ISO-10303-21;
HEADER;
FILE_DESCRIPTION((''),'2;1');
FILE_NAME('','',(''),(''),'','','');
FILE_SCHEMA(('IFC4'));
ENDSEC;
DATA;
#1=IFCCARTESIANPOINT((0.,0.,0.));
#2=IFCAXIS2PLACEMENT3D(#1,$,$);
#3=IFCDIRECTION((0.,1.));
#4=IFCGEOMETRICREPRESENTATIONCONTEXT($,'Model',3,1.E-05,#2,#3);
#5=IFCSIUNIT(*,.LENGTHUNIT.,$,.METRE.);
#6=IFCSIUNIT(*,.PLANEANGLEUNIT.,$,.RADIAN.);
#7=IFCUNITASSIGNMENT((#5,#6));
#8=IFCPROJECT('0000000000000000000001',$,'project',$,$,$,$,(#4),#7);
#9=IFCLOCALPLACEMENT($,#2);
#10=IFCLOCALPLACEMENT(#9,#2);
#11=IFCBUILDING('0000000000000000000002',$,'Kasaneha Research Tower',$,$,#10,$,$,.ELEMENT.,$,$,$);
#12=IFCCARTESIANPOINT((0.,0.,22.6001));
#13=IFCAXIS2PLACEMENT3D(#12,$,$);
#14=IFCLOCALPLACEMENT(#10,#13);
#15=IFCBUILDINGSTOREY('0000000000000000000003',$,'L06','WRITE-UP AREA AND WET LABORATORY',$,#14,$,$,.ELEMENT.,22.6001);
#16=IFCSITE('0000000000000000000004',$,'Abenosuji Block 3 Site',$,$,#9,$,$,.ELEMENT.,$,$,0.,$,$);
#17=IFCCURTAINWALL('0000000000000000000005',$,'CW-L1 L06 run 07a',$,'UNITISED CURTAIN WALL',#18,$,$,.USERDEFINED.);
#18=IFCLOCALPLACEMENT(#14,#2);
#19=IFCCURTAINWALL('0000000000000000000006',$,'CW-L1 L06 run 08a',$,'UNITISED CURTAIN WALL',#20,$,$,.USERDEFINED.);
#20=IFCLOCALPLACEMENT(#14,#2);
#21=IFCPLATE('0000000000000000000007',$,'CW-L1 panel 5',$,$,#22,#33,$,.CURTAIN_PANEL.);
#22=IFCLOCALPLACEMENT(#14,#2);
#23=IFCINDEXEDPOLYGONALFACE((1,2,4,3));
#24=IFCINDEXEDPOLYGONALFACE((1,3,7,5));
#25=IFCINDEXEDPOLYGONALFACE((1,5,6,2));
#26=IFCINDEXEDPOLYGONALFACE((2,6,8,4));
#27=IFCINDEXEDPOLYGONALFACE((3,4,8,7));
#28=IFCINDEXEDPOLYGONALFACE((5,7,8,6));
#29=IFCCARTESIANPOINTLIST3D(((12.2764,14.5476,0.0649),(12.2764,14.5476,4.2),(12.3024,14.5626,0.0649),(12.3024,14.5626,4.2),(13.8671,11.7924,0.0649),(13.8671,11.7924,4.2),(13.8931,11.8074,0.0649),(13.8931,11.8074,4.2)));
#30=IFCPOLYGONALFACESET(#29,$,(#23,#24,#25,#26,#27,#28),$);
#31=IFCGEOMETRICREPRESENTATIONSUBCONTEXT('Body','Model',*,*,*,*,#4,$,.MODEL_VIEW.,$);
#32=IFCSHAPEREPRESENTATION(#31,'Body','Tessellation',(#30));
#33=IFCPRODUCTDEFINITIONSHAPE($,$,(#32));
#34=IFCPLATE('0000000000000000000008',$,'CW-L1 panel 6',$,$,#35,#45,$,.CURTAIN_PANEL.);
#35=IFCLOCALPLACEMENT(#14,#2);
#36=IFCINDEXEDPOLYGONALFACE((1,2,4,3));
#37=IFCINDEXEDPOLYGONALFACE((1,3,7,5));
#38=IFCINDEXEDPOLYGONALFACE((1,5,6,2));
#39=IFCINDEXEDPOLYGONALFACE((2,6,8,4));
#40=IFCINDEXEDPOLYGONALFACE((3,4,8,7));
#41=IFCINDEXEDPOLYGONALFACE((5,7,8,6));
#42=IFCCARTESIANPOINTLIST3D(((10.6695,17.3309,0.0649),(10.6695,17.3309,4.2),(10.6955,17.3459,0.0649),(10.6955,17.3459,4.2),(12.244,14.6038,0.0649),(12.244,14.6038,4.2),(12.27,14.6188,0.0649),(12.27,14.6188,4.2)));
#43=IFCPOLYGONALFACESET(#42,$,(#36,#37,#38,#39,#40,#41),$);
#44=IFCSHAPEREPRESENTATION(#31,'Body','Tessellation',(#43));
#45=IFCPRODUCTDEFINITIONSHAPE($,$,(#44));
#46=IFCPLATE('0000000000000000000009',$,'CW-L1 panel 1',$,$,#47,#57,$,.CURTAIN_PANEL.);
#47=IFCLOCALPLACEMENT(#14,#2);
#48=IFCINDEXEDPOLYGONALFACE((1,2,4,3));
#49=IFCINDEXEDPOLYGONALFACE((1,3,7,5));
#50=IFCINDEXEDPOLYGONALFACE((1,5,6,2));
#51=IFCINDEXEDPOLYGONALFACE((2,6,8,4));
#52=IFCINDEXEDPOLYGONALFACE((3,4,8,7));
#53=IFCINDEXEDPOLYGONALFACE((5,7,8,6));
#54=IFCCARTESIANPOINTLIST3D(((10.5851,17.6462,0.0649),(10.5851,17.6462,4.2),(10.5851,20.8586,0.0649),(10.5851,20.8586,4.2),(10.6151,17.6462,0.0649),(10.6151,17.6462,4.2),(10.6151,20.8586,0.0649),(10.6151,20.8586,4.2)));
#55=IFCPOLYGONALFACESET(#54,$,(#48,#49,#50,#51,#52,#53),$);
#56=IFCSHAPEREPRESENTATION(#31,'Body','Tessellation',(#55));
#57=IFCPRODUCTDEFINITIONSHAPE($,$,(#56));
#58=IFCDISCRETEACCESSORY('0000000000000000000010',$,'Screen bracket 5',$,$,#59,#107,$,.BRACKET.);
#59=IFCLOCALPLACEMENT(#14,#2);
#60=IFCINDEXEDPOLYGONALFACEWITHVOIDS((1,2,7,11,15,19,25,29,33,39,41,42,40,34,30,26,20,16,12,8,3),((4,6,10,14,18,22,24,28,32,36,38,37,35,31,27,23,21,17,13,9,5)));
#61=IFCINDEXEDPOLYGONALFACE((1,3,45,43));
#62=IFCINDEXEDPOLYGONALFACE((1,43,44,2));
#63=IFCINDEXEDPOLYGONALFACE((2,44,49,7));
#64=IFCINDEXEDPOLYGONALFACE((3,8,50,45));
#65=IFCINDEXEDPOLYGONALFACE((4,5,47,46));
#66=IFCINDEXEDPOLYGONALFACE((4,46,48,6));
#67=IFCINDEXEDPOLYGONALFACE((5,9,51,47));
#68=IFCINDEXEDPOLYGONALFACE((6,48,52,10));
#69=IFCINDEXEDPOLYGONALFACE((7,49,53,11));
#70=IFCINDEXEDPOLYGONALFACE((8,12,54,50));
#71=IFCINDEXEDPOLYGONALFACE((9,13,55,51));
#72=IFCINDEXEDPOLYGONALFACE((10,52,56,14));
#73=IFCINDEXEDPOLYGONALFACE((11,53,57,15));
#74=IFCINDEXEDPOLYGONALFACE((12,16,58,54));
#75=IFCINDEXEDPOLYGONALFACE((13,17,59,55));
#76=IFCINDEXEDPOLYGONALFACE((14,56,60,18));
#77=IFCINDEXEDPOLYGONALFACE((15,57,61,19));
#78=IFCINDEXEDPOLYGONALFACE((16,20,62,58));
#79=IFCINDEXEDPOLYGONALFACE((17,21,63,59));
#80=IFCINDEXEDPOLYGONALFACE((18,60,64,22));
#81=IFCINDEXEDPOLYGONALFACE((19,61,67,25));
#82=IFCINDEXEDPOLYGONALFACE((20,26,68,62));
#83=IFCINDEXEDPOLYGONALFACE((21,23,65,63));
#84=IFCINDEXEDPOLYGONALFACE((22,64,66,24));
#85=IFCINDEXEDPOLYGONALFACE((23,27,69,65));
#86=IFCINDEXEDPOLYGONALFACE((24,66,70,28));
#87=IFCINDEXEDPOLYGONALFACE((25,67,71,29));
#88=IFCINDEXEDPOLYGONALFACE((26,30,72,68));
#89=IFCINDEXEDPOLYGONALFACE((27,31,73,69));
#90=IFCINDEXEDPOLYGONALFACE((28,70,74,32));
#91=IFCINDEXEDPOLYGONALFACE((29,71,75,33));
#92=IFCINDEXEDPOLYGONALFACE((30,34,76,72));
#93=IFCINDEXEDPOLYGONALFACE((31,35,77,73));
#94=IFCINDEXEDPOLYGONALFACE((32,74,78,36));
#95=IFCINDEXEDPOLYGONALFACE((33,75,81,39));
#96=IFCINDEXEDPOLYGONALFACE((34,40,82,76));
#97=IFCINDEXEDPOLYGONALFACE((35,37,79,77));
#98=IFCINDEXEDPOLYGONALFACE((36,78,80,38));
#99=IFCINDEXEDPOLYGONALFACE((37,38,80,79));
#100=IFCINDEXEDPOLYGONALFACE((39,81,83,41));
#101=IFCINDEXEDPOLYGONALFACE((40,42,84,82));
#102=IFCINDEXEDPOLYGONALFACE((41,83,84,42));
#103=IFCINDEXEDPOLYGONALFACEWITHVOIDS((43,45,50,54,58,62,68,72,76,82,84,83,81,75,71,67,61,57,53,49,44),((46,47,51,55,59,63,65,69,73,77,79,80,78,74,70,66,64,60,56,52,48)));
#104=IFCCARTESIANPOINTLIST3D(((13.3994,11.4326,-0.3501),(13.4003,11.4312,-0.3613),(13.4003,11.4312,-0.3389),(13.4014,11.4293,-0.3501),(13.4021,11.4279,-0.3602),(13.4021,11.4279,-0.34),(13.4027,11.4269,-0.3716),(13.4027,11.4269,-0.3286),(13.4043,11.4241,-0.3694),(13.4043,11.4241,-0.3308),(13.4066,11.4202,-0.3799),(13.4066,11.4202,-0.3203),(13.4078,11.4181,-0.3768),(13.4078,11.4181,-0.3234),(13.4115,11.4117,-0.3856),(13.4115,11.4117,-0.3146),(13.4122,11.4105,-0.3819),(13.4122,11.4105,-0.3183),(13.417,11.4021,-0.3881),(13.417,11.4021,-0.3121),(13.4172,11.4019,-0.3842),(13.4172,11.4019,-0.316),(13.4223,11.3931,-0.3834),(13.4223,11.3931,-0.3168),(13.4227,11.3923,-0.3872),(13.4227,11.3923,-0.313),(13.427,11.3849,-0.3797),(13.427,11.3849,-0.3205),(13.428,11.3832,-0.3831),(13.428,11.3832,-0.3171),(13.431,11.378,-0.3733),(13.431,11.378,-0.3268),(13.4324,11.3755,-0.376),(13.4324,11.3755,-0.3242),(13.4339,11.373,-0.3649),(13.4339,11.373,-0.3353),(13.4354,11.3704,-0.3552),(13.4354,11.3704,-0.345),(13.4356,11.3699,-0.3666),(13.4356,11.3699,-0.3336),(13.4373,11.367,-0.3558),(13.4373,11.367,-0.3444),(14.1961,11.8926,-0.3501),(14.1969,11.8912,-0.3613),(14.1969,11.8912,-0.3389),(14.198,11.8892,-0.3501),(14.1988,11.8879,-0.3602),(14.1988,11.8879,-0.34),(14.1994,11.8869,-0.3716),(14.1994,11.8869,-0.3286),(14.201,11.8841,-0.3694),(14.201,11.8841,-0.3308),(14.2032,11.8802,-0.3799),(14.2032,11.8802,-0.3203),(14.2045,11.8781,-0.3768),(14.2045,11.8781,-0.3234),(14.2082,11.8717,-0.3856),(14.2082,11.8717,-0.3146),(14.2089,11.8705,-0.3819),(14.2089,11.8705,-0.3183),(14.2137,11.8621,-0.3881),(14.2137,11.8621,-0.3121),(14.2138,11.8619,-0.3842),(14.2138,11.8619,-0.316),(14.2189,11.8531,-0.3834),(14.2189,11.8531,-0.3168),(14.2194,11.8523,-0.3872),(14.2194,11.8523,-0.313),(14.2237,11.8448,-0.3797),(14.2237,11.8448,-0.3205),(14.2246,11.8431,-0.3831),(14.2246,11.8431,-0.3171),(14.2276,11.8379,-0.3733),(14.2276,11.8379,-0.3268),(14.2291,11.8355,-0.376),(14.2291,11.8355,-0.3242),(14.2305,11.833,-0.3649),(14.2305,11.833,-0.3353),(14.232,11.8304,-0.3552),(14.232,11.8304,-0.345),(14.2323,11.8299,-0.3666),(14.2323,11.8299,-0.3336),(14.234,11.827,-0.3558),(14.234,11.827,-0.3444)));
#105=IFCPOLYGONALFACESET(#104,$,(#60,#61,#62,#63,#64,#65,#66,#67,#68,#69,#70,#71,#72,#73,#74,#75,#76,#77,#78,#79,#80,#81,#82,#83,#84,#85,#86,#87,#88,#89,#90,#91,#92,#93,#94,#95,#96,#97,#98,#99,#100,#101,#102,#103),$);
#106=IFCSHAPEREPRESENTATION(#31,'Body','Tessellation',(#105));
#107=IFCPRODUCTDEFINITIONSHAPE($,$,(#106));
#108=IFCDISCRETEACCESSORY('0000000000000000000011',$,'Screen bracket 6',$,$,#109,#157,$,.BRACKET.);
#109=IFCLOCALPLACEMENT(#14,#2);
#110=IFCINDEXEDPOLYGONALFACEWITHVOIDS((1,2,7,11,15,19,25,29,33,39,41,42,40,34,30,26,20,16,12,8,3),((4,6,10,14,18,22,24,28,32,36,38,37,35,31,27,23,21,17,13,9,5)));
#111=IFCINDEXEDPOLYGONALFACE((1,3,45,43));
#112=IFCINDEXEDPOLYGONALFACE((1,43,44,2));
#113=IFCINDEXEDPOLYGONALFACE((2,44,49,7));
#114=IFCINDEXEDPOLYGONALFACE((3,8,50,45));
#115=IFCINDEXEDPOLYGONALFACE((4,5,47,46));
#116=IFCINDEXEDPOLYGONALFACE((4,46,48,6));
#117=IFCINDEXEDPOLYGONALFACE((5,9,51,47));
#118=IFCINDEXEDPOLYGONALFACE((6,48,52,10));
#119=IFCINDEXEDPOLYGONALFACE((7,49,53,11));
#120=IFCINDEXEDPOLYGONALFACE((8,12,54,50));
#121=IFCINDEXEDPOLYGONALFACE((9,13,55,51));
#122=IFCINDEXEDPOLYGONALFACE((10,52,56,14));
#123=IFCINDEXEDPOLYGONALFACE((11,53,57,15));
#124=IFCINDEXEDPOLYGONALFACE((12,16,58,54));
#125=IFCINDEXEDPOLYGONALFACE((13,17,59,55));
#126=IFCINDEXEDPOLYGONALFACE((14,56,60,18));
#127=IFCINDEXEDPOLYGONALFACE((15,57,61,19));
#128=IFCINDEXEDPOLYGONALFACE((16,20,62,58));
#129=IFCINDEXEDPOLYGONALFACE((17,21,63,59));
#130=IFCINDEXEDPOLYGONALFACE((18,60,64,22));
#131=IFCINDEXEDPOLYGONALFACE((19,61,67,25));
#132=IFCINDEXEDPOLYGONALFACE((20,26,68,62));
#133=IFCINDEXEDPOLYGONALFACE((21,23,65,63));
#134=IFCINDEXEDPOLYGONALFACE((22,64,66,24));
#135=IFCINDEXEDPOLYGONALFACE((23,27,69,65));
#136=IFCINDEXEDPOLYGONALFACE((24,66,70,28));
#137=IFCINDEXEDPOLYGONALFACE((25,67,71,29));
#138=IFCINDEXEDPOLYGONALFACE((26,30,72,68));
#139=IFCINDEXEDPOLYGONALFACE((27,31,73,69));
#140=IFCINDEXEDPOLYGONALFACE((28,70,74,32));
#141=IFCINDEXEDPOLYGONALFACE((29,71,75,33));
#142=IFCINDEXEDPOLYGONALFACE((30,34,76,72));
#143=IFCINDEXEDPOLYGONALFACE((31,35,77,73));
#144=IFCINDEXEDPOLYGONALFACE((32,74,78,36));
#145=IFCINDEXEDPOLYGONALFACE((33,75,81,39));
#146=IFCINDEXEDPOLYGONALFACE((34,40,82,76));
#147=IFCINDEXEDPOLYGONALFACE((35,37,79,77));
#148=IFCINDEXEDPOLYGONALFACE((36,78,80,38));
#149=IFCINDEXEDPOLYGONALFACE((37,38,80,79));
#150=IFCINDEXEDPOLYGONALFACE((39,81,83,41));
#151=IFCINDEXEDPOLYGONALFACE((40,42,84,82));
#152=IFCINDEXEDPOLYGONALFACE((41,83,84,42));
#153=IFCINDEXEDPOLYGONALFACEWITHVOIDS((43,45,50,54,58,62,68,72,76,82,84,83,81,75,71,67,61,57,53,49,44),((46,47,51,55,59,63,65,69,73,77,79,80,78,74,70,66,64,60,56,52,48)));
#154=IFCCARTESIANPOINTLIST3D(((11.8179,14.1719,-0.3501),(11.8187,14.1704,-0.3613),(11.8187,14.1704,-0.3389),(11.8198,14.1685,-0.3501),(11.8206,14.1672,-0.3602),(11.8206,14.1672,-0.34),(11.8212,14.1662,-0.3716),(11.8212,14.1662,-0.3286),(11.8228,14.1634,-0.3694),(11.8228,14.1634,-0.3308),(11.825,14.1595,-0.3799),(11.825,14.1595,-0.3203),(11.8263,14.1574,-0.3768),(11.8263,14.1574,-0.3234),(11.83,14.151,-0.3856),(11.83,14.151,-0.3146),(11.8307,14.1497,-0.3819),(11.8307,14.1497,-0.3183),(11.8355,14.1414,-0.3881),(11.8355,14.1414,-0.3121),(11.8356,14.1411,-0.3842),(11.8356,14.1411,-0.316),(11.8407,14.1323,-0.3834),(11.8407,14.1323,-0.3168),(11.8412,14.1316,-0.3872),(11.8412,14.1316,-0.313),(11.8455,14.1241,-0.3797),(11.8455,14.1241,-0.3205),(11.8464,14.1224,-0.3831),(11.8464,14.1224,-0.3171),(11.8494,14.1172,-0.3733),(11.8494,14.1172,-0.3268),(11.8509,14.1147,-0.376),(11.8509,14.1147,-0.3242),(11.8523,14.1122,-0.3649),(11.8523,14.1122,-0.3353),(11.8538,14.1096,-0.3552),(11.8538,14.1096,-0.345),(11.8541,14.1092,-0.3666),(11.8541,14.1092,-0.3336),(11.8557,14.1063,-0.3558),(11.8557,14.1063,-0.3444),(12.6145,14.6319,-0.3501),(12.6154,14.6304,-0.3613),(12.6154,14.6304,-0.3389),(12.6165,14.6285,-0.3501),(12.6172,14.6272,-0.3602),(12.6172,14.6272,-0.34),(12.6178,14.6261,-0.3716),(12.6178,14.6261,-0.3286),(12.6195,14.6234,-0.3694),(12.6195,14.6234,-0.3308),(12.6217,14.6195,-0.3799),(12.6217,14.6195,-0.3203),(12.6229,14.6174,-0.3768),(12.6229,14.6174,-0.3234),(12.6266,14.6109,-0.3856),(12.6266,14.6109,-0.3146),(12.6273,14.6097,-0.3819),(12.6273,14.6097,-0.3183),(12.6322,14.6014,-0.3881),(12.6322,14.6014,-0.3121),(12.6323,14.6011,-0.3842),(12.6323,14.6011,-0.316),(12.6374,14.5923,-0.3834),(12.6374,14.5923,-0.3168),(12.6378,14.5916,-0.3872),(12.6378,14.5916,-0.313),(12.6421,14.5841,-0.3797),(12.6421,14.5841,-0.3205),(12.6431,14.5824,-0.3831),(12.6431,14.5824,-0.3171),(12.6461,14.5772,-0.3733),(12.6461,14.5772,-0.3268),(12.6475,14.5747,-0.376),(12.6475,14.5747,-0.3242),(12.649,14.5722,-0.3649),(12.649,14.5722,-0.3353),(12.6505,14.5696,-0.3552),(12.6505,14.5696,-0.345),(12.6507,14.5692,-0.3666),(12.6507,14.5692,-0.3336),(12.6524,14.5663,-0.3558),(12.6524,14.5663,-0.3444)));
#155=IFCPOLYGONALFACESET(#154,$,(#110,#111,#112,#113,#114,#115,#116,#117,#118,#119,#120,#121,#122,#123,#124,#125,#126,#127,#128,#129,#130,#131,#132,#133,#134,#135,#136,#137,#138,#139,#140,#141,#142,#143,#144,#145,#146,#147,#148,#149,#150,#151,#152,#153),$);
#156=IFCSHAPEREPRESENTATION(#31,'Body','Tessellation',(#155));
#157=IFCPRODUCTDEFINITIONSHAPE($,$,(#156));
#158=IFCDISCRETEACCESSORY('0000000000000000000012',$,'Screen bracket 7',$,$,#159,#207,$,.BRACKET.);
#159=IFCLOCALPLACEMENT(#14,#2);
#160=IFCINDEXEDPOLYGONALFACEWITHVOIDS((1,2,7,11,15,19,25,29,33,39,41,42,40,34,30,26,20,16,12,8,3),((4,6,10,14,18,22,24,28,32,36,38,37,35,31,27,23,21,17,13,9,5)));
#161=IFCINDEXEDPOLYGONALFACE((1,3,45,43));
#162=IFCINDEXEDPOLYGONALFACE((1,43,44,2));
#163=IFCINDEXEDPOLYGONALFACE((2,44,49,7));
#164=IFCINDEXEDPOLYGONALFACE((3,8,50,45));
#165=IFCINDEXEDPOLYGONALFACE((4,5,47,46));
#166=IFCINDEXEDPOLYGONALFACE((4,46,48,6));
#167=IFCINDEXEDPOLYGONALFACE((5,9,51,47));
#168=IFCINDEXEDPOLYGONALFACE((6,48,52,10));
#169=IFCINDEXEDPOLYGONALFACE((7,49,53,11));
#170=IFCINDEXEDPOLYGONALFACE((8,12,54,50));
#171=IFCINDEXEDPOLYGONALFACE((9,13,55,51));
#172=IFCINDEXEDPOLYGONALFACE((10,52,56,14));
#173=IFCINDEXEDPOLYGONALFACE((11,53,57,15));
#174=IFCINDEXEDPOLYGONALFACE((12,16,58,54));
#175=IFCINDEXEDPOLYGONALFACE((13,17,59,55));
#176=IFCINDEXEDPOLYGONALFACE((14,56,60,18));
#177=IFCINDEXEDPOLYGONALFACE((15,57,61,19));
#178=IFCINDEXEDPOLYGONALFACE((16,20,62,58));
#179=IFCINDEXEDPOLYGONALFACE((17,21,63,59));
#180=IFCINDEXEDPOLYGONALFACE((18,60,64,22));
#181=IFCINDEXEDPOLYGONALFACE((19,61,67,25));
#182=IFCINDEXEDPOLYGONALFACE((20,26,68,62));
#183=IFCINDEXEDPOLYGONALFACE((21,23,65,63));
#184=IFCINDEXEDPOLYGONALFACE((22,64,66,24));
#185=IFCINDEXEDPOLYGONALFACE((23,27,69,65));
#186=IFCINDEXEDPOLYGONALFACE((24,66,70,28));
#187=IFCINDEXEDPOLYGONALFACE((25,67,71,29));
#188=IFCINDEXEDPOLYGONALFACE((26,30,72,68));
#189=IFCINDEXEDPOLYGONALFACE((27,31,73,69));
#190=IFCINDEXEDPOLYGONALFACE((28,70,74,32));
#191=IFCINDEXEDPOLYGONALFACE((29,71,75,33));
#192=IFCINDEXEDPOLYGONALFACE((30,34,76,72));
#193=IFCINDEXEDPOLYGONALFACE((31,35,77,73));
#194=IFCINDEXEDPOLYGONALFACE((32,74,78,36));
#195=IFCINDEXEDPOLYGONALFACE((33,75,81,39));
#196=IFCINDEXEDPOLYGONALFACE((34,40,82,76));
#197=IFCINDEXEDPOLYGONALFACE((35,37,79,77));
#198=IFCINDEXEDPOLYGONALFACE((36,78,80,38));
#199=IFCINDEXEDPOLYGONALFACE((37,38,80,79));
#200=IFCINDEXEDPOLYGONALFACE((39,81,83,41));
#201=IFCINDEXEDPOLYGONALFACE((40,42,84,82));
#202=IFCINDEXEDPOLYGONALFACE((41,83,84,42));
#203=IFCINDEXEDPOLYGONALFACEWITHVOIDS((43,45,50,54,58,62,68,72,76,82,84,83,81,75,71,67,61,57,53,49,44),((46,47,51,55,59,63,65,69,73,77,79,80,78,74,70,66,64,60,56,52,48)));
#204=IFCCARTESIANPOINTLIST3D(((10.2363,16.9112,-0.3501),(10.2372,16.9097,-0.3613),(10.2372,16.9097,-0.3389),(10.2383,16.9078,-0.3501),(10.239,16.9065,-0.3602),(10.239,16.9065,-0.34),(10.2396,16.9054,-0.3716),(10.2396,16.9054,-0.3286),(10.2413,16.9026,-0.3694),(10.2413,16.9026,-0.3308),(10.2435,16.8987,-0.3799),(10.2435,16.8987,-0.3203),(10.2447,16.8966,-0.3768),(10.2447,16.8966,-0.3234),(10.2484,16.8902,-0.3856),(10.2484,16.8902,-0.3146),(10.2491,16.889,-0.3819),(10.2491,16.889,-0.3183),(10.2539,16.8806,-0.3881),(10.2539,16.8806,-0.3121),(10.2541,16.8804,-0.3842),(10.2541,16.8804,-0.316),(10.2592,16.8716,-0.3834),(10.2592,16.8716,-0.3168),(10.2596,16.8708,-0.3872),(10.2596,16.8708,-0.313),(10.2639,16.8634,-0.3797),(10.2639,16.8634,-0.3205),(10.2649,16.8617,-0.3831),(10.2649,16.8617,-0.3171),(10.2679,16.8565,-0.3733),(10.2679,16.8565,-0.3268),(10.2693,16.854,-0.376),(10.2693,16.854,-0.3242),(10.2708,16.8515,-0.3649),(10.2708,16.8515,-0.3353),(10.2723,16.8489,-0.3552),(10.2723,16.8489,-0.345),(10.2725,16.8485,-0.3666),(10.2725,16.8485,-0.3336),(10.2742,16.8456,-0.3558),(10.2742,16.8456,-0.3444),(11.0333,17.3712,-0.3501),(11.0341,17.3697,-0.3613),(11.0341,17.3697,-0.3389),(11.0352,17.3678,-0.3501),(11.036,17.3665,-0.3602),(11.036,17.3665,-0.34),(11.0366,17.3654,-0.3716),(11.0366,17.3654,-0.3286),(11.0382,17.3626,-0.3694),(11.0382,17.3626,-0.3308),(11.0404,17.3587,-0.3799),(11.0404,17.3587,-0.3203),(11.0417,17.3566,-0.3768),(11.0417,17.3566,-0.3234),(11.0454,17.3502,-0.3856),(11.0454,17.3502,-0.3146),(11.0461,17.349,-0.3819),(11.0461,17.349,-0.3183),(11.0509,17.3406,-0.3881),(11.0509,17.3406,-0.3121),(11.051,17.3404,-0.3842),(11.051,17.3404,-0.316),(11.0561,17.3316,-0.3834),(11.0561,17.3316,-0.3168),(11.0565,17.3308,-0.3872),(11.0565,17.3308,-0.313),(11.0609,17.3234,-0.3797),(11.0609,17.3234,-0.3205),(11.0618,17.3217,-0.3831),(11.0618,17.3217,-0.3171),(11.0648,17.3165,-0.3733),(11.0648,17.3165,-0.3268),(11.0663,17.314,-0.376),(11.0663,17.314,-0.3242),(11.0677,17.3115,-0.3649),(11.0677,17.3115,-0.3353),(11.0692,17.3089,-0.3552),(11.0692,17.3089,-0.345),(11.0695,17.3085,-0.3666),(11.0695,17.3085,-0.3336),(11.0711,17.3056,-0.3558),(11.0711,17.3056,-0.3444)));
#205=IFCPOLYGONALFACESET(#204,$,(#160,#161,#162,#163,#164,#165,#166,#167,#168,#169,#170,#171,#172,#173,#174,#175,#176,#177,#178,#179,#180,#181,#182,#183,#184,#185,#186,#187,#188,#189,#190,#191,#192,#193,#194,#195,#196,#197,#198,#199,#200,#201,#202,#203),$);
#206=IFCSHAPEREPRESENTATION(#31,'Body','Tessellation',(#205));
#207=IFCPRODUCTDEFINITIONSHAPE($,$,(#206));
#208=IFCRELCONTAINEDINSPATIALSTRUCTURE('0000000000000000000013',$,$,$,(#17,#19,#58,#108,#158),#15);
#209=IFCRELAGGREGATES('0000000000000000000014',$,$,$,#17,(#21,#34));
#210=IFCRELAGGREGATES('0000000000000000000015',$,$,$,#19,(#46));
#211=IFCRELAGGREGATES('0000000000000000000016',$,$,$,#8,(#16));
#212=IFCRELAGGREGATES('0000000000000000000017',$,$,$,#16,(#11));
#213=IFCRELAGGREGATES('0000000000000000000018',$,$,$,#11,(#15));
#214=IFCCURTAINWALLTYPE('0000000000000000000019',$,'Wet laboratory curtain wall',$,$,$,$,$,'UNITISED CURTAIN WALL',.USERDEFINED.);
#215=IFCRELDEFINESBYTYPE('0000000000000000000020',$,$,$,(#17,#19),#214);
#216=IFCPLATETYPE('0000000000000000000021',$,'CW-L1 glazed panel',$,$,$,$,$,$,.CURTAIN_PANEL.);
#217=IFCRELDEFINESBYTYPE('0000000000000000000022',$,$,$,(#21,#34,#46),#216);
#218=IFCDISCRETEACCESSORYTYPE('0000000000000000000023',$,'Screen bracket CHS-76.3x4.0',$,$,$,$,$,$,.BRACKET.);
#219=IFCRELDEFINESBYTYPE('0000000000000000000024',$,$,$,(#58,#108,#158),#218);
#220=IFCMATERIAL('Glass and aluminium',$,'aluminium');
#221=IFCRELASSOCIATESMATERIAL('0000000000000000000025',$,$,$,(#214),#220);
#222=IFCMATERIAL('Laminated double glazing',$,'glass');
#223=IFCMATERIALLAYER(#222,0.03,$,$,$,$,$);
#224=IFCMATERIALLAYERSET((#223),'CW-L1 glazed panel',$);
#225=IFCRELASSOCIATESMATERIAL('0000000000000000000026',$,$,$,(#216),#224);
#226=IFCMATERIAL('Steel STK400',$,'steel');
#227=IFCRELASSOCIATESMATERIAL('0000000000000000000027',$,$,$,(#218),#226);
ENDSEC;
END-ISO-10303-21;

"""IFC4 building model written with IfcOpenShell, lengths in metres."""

from ifc_helpers import new_model, si_unit, direction, frame, origin, origin_2d, place, context, subcontext, project, spatial, rectangle, hollow_circle, extrude, material, layer, layer_set, material_profile, profile_set, type_object, element, aggregate, save


model = new_model("IFC4")

# Units and contexts
model_context = context("Model", 3, precision=1e-05, world=origin(), true_north=direction((0.0, 1.0)))
body_context = subcontext(model_context, "Body", "Model", "MODEL_VIEW")
ifc_project = project(units=[si_unit("LENGTHUNIT", "METRE"), si_unit("PLANEANGLEUNIT", "RADIAN")], contexts=[model_context])

# Site, building, storey
site_placement = place(None, origin())
site = spatial("IfcSite", under=ifc_project, at=site_placement, Name="Abenosuji Block 3 Site", CompositionType="ELEMENT", RefElevation=0.0)
building_placement = place(site_placement, origin())
building = spatial("IfcBuilding", under=site, at=building_placement, Name="Kasaneha Research Tower", CompositionType="ELEMENT")
storey_placement = place(building_placement, frame((0.0, 0.0, 22.6001)))
storey = spatial("IfcBuildingStorey", under=building, at=storey_placement, Name="L06", Description="WRITE-UP AREA AND WET LABORATORY", CompositionType="ELEMENT", Elevation=22.6001)

# Curtain walls
ifc_material_1 = material(Name="Glass and aluminium", Category="aluminium")
curtain_wall_type = type_object("IfcCurtainWallType", Name="Wet laboratory curtain wall", ElementType="UNITISED CURTAIN WALL", PredefinedType="USERDEFINED", material=ifc_material_1)
curtain_wall_1_placement = place(storey_placement, origin())
curtain_wall_1 = element("IfcCurtainWall", 1, at=curtain_wall_1_placement, inside=storey, type_object=curtain_wall_type, Name="CW-L1 L06 run 07a", ObjectType="UNITISED CURTAIN WALL", PredefinedType="USERDEFINED")
curtain_wall_2_placement = place(storey_placement, origin())
curtain_wall_2 = element("IfcCurtainWall", 2, at=curtain_wall_2_placement, inside=storey, type_object=curtain_wall_type, Name="CW-L1 L06 run 08a", ObjectType="UNITISED CURTAIN WALL", PredefinedType="USERDEFINED")

# Plates
ifc_material_2 = material(Name="Laminated double glazing", Category="glass")
ifc_layer = layer(ifc_material_2, 0.03)
ifc_layer_set = layer_set([ifc_layer], Name="CW-L1 glazed panel")
plate_type = type_object("IfcPlateType", Name="CW-L1 glazed panel", PredefinedType="CURTAIN_PANEL", material=ifc_layer_set)
plate_1_placement = place(storey_placement, frame((13.0847, 13.1775, 0.0649), z_axis=(0.0, 0.0, 1.0), x_axis=(-0.5, 0.866025, 0.0)))
plate_1 = element("IfcPlate", 3, at=plate_1_placement, type_object=plate_type, Name="CW-L1 panel 5", PredefinedType="CURTAIN_PANEL", context=body_context, shape_type="SweptSolid", body=[
    extrude(rectangle(XDim=3.1814, YDim=0.03, at=origin_2d()), origin(), (0.0, 0.0, 1.0), 4.135),
])
plate_2_placement = place(storey_placement, frame((11.4697, 15.9749, 0.0649), z_axis=(0.0, 0.0, 1.0), x_axis=(-0.5, 0.866025, 0.0)))
plate_2 = element("IfcPlate", 4, at=plate_2_placement, type_object=plate_type, Name="CW-L1 panel 6", PredefinedType="CURTAIN_PANEL", context=body_context, shape_type="SweptSolid", body=[
    extrude(rectangle(XDim=3.1489, YDim=0.03, at=origin_2d()), origin(), (0.0, 0.0, 1.0), 4.135),
])
aggregate(curtain_wall_1, [plate_1, plate_2])
plate_3_placement = place(storey_placement, frame((10.6001, 19.2524, 0.0649), z_axis=(0.0, 0.0, 1.0), x_axis=(0.0, 1.0, 0.0)))
plate_3 = element("IfcPlate", 5, at=plate_3_placement, type_object=plate_type, Name="CW-L1 panel 1", PredefinedType="CURTAIN_PANEL", context=body_context, shape_type="SweptSolid", body=[
    extrude(rectangle(XDim=3.2124, YDim=0.03, at=origin_2d()), origin(), (0.0, 0.0, 1.0), 4.135),
])
aggregate(curtain_wall_2, [plate_3])

# Discrete accessories
ifc_material_3 = material(Name="Steel STK400", Category="steel")
ifc_material_profile_1 = material_profile(ifc_material_3, hollow_circle(Radius=0.0381, WallThickness=0.0039, at=origin_2d()), Name="CHS-76.3x4.0")
ifc_profile_set_1 = profile_set([ifc_material_profile_1], Name="Steel STK400")
discrete_accessory_type = type_object("IfcDiscreteAccessoryType", Name="Screen bracket CHS-76.3x4.0", PredefinedType="BRACKET", material=ifc_profile_set_1)
for number, where, z_axis, x_axis, name in (
    (6, (13.4185, 11.3997, -0.3501), (0.866013, 0.500021, 0.0), (-0.500021, 0.866013, 0.0), "Screen bracket 5"),
    (7, (11.8369, 14.1389, -0.3501), (0.866013, 0.500021, 0.0), (-0.500021, 0.866013, 0.0), "Screen bracket 6"),
):
    element("IfcDiscreteAccessory", number, at=place(storey_placement, frame(where, z_axis=z_axis, x_axis=x_axis)), inside=storey, type_object=discrete_accessory_type, Name=name, PredefinedType="BRACKET", context=body_context, shape_type="SweptSolid", body=[
        extrude(hollow_circle(Radius=0.0381, WallThickness=0.0039, at=origin_2d()), origin(), (0.0, 0.0, 1.0), 0.9199),
    ])
discrete_accessory_1_placement = place(storey_placement, frame((10.2554, 16.8782, -0.3501), z_axis=(0.86608, 0.499906, 0.0), x_axis=(-0.499906, 0.86608, 0.0)))
element("IfcDiscreteAccessory", 8, at=discrete_accessory_1_placement, inside=storey, type_object=discrete_accessory_type, Name="Screen bracket 7", PredefinedType="BRACKET", context=body_context, shape_type="SweptSolid", body=[
    extrude(hollow_circle(Radius=0.0381, WallThickness=0.0039, at=origin_2d()), origin(), (0.0, 0.0, 1.0), 0.9202),
])

save(model, "model.ifc")
